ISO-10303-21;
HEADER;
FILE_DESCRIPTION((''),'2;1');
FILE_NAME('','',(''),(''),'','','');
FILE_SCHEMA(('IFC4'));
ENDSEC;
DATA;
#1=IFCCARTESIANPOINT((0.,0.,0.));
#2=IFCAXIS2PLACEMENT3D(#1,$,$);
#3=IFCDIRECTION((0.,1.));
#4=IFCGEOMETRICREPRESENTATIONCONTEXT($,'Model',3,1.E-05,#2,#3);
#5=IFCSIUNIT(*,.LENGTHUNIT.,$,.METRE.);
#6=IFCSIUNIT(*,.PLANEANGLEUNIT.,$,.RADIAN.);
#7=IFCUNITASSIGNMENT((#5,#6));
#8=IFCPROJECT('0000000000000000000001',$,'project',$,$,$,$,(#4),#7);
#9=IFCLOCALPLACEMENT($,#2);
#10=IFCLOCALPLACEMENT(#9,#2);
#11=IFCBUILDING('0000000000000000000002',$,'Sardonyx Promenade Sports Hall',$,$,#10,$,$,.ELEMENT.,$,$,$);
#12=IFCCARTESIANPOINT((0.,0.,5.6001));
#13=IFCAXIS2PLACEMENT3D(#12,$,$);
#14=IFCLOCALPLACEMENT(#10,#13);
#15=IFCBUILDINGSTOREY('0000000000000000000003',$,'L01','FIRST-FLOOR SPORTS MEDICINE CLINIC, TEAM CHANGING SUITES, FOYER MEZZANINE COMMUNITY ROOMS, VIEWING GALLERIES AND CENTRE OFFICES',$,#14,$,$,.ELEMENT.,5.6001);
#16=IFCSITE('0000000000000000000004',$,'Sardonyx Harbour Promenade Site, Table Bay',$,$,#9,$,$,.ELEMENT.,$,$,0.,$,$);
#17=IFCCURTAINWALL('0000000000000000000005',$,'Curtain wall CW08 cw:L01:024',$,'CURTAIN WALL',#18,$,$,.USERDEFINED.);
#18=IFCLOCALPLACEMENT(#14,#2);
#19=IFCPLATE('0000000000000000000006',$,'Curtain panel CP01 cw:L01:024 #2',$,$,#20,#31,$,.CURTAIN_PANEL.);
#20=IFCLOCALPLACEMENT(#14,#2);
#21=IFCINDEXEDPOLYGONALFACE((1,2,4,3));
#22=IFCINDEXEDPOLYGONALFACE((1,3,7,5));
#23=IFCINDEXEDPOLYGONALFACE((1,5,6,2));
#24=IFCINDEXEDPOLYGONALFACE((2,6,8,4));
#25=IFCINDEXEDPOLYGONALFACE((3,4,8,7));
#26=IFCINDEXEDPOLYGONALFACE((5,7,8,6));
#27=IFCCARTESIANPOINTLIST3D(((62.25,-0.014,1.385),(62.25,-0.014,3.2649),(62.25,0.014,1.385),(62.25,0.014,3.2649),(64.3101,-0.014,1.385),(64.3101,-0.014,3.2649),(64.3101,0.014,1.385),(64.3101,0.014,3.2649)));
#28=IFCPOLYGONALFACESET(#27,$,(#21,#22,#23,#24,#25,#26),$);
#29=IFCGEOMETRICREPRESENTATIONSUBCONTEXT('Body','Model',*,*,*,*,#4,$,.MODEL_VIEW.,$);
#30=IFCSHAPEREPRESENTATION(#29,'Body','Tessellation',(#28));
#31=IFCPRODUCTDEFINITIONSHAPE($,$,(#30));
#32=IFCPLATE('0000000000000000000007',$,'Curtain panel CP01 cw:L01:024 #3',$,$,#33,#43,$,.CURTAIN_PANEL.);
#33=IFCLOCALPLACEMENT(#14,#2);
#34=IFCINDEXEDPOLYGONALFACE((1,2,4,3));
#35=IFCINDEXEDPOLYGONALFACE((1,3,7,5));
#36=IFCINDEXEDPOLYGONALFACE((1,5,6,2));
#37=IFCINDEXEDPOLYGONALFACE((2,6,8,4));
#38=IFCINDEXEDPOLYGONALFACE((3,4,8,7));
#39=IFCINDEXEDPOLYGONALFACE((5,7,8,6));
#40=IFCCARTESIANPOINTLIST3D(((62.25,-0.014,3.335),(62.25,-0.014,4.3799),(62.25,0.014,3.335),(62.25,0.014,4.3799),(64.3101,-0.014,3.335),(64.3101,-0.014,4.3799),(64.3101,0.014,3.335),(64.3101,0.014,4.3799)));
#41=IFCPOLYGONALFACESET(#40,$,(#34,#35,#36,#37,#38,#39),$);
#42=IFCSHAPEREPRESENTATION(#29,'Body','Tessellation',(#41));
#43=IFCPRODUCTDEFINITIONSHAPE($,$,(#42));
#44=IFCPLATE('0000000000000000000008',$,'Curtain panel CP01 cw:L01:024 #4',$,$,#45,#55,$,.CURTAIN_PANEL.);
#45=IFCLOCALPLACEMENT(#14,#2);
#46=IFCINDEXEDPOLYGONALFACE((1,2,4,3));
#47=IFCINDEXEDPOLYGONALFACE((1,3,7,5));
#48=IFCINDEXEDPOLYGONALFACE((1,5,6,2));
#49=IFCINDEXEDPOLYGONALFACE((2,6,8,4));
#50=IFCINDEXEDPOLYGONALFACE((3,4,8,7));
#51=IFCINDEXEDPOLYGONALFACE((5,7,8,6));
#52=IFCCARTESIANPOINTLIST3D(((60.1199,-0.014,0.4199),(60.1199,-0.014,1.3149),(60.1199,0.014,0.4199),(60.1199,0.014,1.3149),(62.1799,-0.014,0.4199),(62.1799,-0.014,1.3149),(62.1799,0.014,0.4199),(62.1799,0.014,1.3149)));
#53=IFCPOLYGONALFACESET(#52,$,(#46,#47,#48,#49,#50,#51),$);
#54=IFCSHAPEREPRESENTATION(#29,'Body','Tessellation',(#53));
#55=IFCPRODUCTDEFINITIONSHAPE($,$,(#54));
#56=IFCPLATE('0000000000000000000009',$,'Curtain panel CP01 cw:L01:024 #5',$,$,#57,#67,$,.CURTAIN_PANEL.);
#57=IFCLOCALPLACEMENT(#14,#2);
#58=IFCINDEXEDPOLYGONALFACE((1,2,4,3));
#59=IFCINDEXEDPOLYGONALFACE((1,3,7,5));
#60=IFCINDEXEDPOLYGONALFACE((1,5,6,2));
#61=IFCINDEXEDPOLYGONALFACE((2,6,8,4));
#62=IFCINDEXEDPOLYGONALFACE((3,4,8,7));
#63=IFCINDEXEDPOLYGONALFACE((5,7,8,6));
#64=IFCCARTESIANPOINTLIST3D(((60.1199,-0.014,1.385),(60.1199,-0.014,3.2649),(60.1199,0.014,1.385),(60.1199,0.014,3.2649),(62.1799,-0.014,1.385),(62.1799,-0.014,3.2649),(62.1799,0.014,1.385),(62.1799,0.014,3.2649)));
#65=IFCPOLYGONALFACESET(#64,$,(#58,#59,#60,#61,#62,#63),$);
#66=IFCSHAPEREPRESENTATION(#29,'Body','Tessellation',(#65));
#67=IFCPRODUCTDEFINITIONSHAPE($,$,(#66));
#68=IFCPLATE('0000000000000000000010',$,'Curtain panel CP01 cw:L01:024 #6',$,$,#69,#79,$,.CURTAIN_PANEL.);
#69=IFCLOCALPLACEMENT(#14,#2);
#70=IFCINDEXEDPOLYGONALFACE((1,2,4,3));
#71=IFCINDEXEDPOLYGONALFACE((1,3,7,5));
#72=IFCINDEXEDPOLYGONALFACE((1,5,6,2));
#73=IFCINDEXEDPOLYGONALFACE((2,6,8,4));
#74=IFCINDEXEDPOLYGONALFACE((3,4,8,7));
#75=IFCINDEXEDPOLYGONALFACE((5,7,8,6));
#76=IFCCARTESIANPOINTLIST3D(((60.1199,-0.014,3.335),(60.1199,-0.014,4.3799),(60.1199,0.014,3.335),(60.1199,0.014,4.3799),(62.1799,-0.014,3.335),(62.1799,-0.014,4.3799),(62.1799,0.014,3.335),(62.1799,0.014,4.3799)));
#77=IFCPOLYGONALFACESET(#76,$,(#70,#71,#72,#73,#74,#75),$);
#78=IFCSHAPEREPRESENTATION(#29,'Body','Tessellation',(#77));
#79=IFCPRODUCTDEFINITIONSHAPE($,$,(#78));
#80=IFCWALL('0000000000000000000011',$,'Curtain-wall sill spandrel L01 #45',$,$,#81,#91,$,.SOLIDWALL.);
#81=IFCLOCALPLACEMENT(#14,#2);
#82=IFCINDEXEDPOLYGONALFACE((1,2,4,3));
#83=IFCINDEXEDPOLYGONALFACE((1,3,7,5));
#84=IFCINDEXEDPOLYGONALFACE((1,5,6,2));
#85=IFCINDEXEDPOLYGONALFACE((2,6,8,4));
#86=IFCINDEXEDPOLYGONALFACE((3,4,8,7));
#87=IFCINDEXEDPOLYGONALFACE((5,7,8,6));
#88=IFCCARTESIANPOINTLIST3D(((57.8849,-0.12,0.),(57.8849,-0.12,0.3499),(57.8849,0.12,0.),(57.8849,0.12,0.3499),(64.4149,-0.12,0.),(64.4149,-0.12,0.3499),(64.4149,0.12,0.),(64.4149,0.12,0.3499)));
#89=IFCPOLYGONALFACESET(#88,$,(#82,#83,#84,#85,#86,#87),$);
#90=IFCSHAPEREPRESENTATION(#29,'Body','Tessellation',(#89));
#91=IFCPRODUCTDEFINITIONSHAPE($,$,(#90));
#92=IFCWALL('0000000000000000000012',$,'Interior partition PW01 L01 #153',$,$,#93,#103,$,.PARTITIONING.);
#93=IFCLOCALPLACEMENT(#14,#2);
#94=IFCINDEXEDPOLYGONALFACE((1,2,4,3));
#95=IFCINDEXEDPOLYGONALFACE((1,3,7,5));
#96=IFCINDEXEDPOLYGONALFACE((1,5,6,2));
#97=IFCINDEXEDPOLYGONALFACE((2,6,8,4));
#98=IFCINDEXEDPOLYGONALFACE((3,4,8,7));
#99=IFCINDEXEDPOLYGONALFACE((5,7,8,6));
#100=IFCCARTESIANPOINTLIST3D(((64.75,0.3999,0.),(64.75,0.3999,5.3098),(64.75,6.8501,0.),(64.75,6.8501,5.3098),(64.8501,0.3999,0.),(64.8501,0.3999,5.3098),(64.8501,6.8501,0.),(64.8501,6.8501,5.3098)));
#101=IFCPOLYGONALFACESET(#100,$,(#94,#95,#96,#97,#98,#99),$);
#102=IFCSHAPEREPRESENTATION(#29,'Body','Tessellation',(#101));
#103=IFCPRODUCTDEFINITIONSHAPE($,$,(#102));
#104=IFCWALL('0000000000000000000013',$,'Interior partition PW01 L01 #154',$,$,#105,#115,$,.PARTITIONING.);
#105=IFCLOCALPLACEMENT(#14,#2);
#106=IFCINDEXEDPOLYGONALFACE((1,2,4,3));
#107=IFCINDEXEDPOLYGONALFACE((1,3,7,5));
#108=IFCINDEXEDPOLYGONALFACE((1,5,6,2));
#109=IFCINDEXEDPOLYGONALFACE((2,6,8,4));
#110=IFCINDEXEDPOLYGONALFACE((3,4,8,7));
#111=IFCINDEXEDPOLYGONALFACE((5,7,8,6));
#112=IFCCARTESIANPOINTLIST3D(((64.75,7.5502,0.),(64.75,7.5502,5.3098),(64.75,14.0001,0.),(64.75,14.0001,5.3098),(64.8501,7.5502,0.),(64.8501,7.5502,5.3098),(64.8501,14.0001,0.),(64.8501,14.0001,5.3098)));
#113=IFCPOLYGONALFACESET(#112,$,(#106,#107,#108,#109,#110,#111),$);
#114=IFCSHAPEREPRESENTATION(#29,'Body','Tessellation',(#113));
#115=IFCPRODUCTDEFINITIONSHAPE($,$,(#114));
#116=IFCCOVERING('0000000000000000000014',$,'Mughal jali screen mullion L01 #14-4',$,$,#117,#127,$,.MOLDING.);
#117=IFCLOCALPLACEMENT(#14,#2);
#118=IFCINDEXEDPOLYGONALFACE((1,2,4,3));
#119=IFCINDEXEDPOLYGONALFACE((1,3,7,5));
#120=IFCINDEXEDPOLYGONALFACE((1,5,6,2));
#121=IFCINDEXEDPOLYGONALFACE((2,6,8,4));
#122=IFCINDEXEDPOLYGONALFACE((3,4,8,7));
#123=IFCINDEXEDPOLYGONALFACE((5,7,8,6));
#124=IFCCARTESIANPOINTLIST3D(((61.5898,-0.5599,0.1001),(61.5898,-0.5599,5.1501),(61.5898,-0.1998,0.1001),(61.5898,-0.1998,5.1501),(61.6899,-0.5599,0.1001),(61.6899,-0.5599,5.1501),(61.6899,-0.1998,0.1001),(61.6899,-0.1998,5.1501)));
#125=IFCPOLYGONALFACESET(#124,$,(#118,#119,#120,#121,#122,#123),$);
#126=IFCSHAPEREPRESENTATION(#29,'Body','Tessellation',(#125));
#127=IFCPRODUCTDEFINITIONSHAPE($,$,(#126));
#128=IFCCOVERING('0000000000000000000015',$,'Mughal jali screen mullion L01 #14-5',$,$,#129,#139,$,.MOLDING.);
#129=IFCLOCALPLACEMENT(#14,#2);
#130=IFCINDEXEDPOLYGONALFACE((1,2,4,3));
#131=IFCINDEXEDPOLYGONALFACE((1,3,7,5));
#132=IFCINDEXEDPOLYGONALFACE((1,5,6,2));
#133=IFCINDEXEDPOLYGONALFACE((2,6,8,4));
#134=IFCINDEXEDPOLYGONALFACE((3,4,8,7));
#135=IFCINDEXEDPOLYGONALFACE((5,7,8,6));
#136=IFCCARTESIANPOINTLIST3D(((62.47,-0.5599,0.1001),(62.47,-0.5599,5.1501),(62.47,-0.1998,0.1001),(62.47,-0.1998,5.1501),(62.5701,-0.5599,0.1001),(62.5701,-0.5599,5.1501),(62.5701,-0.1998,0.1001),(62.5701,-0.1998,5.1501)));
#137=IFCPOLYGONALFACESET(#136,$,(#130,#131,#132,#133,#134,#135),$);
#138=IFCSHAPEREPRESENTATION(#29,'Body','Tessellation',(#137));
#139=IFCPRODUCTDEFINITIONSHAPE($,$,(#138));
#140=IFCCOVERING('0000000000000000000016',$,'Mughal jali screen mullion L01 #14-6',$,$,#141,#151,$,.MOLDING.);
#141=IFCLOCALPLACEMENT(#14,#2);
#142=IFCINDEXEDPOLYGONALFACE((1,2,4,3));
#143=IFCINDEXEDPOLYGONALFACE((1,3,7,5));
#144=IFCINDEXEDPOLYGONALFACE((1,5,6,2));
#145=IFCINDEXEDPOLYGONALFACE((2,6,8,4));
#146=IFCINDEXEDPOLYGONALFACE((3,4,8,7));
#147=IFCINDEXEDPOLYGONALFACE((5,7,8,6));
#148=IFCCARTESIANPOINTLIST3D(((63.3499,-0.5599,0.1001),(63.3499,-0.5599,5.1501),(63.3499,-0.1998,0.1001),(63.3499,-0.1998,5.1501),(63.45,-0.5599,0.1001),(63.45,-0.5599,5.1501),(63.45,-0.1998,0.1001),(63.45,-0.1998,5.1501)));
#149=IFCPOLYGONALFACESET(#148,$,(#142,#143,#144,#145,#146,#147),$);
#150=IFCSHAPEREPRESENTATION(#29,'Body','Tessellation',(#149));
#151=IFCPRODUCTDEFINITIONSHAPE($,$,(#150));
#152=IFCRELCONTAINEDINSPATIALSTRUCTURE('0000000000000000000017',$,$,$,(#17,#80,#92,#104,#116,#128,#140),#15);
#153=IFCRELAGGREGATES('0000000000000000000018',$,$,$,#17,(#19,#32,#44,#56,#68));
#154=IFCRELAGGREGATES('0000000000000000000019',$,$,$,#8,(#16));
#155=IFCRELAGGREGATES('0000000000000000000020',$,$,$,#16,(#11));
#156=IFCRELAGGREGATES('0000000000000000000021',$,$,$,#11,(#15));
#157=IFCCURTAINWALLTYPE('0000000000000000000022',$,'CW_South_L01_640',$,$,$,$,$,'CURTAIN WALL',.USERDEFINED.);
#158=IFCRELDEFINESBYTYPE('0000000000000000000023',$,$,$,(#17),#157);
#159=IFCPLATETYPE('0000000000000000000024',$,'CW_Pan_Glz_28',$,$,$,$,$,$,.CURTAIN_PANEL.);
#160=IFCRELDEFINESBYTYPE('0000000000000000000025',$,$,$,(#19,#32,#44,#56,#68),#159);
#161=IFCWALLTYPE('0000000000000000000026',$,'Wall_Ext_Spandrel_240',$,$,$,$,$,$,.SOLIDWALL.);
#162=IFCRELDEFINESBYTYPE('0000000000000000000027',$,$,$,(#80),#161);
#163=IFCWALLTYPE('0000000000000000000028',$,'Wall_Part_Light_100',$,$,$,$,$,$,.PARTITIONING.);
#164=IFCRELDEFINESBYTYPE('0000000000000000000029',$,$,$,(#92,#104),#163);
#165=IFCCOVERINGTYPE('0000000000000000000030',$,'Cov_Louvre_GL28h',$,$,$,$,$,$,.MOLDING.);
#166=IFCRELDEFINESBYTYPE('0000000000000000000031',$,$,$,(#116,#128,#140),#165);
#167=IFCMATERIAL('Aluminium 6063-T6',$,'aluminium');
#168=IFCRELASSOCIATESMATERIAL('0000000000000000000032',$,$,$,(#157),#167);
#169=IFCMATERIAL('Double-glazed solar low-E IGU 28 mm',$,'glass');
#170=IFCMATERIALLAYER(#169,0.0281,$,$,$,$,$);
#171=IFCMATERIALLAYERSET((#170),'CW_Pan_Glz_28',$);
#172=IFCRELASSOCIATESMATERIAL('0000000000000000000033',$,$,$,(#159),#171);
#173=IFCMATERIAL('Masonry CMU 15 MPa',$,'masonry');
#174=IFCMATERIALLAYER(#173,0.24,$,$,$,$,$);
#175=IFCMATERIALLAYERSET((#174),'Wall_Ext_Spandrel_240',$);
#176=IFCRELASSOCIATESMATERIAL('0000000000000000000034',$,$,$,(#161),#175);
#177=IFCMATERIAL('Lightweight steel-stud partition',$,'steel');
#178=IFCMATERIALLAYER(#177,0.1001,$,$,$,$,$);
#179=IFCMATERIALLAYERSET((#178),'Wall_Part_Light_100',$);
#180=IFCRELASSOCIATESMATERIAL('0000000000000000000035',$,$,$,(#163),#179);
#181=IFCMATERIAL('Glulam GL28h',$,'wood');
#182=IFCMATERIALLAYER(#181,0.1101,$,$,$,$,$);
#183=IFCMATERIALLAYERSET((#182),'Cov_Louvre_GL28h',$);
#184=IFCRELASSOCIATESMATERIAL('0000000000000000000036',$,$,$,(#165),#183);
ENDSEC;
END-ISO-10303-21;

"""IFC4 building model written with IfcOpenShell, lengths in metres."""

from ifc_helpers import new_model, si_unit, direction, frame, frame_2d, origin, origin_2d, place, context, subcontext, project, spatial, rectangle, extrude, material, layer, layer_set, type_object, element, aggregate, save


model = new_model("IFC4")

# Units and contexts
model_context = context("Model", 3, precision=1e-05, world=origin(), true_north=direction((0.0, 1.0)))
body_context = subcontext(model_context, "Body", "Model", "MODEL_VIEW")
ifc_project = project(units=[si_unit("LENGTHUNIT", "METRE"), si_unit("PLANEANGLEUNIT", "RADIAN")], contexts=[model_context])

# Site, building, storey
site_placement = place(None, origin())
site = spatial("IfcSite", under=ifc_project, at=site_placement, Name="Sardonyx Harbour Promenade Site, Table Bay", CompositionType="ELEMENT", RefElevation=0.0)
building_placement = place(site_placement, origin())
building = spatial("IfcBuilding", under=site, at=building_placement, Name="Sardonyx Promenade Sports Hall", CompositionType="ELEMENT")
storey_placement = place(building_placement, frame((0.0, 0.0, 5.6001)))
storey = spatial("IfcBuildingStorey", under=building, at=storey_placement, Name="L01", Description="FIRST-FLOOR SPORTS MEDICINE CLINIC, TEAM CHANGING SUITES, FOYER MEZZANINE COMMUNITY ROOMS, VIEWING GALLERIES AND CENTRE OFFICES", CompositionType="ELEMENT", Elevation=5.6001)

# Curtain wall, plates
ifc_material_1 = material(Name="Aluminium 6063-T6", Category="aluminium")
curtain_wall_type = type_object("IfcCurtainWallType", Name="CW_South_L01_640", ElementType="CURTAIN WALL", PredefinedType="USERDEFINED", material=ifc_material_1)
curtain_wall_placement = place(storey_placement, origin())
curtain_wall = element("IfcCurtainWall", 1, at=curtain_wall_placement, inside=storey, type_object=curtain_wall_type, Name="Curtain wall CW08 cw:L01:024", ObjectType="CURTAIN WALL", PredefinedType="USERDEFINED")
ifc_material_2 = material(Name="Double-glazed solar low-E IGU 28 mm", Category="glass")
ifc_layer_1 = layer(ifc_material_2, 0.0281)
ifc_layer_set_1 = layer_set([ifc_layer_1], Name="CW_Pan_Glz_28")
plate_type = type_object("IfcPlateType", Name="CW_Pan_Glz_28", PredefinedType="CURTAIN_PANEL", material=ifc_layer_set_1)
plate_1_placement = place(storey_placement, frame((63.28, 0.0, 1.385), z_axis=(0.0, 0.0, 1.0), x_axis=(-1.0, 0.0, 0.0)))
plate_1 = element("IfcPlate", 2, at=plate_1_placement, type_object=plate_type, Name="Curtain panel CP01 cw:L01:024 #2", PredefinedType="CURTAIN_PANEL", context=body_context, shape_type="SweptSolid", body=[
    extrude(rectangle(XDim=2.0601, YDim=0.0281, at=origin_2d()), origin(), (0.0, 0.0, 1.0), 1.8799),
])
plate_2_placement = place(storey_placement, frame((63.28, 0.0, 3.335), z_axis=(0.0, 0.0, 1.0), x_axis=(-1.0, 0.0, 0.0)))
plate_2 = element("IfcPlate", 3, at=plate_2_placement, type_object=plate_type, Name="Curtain panel CP01 cw:L01:024 #3", PredefinedType="CURTAIN_PANEL", context=body_context, shape_type="SweptSolid", body=[
    extrude(rectangle(XDim=2.0601, YDim=0.0281, at=origin_2d()), origin(), (0.0, 0.0, 1.0), 1.0449),
])
plate_3_placement = place(storey_placement, frame((61.1499, 0.0, 0.4199), z_axis=(0.0, 0.0, 1.0), x_axis=(-1.0, 0.0, 0.0)))
plate_3 = element("IfcPlate", 4, at=plate_3_placement, type_object=plate_type, Name="Curtain panel CP01 cw:L01:024 #4", PredefinedType="CURTAIN_PANEL", context=body_context, shape_type="SweptSolid", body=[
    extrude(rectangle(XDim=2.0601, YDim=0.0281, at=origin_2d()), origin(), (0.0, 0.0, 1.0), 0.895),
])
plate_4_placement = place(storey_placement, frame((61.1499, 0.0, 1.385), z_axis=(0.0, 0.0, 1.0), x_axis=(-1.0, 0.0, 0.0)))
plate_4 = element("IfcPlate", 5, at=plate_4_placement, type_object=plate_type, Name="Curtain panel CP01 cw:L01:024 #5", PredefinedType="CURTAIN_PANEL", context=body_context, shape_type="SweptSolid", body=[
    extrude(rectangle(XDim=2.0601, YDim=0.0281, at=origin_2d()), origin(), (0.0, 0.0, 1.0), 1.8799),
])
plate_5_placement = place(storey_placement, frame((61.1499, 0.0, 3.335), z_axis=(0.0, 0.0, 1.0), x_axis=(-1.0, 0.0, 0.0)))
plate_5 = element("IfcPlate", 6, at=plate_5_placement, type_object=plate_type, Name="Curtain panel CP01 cw:L01:024 #6", PredefinedType="CURTAIN_PANEL", context=body_context, shape_type="SweptSolid", body=[
    extrude(rectangle(XDim=2.0601, YDim=0.0281, at=origin_2d()), origin(), (0.0, 0.0, 1.0), 1.0449),
])
aggregate(curtain_wall, [plate_1, plate_2, plate_3, plate_4, plate_5])

# Walls
ifc_material_3 = material(Name="Masonry CMU 15 MPa", Category="masonry")
ifc_layer_2 = layer(ifc_material_3, 0.24)
ifc_layer_set_2 = layer_set([ifc_layer_2], Name="Wall_Ext_Spandrel_240")
wall_type_1 = type_object("IfcWallType", Name="Wall_Ext_Spandrel_240", PredefinedType="SOLIDWALL", material=ifc_layer_set_2)
wall_1_placement = place(storey_placement, frame((64.415, 0.0, 0.0), z_axis=(0.0, 0.0, 1.0), x_axis=(-1.0, 0.0, 0.0)))
element("IfcWall", 7, at=wall_1_placement, inside=storey, type_object=wall_type_1, Name="Curtain-wall sill spandrel L01 #45", PredefinedType="SOLIDWALL", context=body_context, shape_type="SweptSolid", body=[
    extrude(rectangle(XDim=6.53, YDim=0.24, at=frame_2d((3.2651, 0.0))), origin(), (0.0, 0.0, 1.0), 0.3499),
])
ifc_material_4 = material(Name="Lightweight steel-stud partition", Category="steel")
ifc_layer_3 = layer(ifc_material_4, 0.1001)
ifc_layer_set_3 = layer_set([ifc_layer_3], Name="Wall_Part_Light_100")
wall_type_2 = type_object("IfcWallType", Name="Wall_Part_Light_100", PredefinedType="PARTITIONING", material=ifc_layer_set_3)
wall_2_placement = place(storey_placement, frame((64.8, 0.3999, 0.0), z_axis=(0.0, 0.0, 1.0), x_axis=(0.0, 1.0, 0.0)))
element("IfcWall", 8, at=wall_2_placement, inside=storey, type_object=wall_type_2, Name="Interior partition PW01 L01 #153", PredefinedType="PARTITIONING", context=body_context, shape_type="SweptSolid", body=[
    extrude(rectangle(XDim=6.4502, YDim=0.1001, at=frame_2d((3.2251, 0.0))), origin(), (0.0, 0.0, 1.0), 5.3098),
])
wall_3_placement = place(storey_placement, frame((64.8, 7.55, 0.0), z_axis=(0.0, 0.0, 1.0), x_axis=(0.0, 1.0, 0.0)))
element("IfcWall", 9, at=wall_3_placement, inside=storey, type_object=wall_type_2, Name="Interior partition PW01 L01 #154", PredefinedType="PARTITIONING", context=body_context, shape_type="SweptSolid", body=[
    extrude(rectangle(XDim=6.45, YDim=0.1001, at=frame_2d((3.2251, 0.0))), origin(), (0.0, 0.0, 1.0), 5.3098),
])

# Coverings
ifc_material_5 = material(Name="Glulam GL28h", Category="wood")
ifc_layer_4 = layer(ifc_material_5, 0.1101)
ifc_layer_set_4 = layer_set([ifc_layer_4], Name="Cov_Louvre_GL28h")
covering_type = type_object("IfcCoveringType", Name="Cov_Louvre_GL28h", PredefinedType="MOLDING", material=ifc_layer_set_4)
for number, where, z_axis, x_axis, name in (
    (10, (61.6399, -0.3799, 0.1001), (0.0, 0.0, 1.0), (1.0, 0.0, 0.0), "Mughal jali screen mullion L01 #14-4"),
    (11, (62.52, -0.3799, 0.1001), (0.0, 0.0, 1.0), (1.0, 0.0, 0.0), "Mughal jali screen mullion L01 #14-5"),
    (12, (63.3999, -0.3799, 0.1001), (0.0, 0.0, 1.0), (1.0, 0.0, 0.0), "Mughal jali screen mullion L01 #14-6"),
):
    element("IfcCovering", number, at=place(storey_placement, frame(where, z_axis=z_axis, x_axis=x_axis)), inside=storey, type_object=covering_type, Name=name, PredefinedType="MOLDING", context=body_context, shape_type="SweptSolid", body=[
        extrude(rectangle(XDim=0.1001, YDim=0.3601, at=origin_2d()), origin(), (0.0, 0.0, 1.0), 5.05),
    ])

save(model, "model.ifc")
